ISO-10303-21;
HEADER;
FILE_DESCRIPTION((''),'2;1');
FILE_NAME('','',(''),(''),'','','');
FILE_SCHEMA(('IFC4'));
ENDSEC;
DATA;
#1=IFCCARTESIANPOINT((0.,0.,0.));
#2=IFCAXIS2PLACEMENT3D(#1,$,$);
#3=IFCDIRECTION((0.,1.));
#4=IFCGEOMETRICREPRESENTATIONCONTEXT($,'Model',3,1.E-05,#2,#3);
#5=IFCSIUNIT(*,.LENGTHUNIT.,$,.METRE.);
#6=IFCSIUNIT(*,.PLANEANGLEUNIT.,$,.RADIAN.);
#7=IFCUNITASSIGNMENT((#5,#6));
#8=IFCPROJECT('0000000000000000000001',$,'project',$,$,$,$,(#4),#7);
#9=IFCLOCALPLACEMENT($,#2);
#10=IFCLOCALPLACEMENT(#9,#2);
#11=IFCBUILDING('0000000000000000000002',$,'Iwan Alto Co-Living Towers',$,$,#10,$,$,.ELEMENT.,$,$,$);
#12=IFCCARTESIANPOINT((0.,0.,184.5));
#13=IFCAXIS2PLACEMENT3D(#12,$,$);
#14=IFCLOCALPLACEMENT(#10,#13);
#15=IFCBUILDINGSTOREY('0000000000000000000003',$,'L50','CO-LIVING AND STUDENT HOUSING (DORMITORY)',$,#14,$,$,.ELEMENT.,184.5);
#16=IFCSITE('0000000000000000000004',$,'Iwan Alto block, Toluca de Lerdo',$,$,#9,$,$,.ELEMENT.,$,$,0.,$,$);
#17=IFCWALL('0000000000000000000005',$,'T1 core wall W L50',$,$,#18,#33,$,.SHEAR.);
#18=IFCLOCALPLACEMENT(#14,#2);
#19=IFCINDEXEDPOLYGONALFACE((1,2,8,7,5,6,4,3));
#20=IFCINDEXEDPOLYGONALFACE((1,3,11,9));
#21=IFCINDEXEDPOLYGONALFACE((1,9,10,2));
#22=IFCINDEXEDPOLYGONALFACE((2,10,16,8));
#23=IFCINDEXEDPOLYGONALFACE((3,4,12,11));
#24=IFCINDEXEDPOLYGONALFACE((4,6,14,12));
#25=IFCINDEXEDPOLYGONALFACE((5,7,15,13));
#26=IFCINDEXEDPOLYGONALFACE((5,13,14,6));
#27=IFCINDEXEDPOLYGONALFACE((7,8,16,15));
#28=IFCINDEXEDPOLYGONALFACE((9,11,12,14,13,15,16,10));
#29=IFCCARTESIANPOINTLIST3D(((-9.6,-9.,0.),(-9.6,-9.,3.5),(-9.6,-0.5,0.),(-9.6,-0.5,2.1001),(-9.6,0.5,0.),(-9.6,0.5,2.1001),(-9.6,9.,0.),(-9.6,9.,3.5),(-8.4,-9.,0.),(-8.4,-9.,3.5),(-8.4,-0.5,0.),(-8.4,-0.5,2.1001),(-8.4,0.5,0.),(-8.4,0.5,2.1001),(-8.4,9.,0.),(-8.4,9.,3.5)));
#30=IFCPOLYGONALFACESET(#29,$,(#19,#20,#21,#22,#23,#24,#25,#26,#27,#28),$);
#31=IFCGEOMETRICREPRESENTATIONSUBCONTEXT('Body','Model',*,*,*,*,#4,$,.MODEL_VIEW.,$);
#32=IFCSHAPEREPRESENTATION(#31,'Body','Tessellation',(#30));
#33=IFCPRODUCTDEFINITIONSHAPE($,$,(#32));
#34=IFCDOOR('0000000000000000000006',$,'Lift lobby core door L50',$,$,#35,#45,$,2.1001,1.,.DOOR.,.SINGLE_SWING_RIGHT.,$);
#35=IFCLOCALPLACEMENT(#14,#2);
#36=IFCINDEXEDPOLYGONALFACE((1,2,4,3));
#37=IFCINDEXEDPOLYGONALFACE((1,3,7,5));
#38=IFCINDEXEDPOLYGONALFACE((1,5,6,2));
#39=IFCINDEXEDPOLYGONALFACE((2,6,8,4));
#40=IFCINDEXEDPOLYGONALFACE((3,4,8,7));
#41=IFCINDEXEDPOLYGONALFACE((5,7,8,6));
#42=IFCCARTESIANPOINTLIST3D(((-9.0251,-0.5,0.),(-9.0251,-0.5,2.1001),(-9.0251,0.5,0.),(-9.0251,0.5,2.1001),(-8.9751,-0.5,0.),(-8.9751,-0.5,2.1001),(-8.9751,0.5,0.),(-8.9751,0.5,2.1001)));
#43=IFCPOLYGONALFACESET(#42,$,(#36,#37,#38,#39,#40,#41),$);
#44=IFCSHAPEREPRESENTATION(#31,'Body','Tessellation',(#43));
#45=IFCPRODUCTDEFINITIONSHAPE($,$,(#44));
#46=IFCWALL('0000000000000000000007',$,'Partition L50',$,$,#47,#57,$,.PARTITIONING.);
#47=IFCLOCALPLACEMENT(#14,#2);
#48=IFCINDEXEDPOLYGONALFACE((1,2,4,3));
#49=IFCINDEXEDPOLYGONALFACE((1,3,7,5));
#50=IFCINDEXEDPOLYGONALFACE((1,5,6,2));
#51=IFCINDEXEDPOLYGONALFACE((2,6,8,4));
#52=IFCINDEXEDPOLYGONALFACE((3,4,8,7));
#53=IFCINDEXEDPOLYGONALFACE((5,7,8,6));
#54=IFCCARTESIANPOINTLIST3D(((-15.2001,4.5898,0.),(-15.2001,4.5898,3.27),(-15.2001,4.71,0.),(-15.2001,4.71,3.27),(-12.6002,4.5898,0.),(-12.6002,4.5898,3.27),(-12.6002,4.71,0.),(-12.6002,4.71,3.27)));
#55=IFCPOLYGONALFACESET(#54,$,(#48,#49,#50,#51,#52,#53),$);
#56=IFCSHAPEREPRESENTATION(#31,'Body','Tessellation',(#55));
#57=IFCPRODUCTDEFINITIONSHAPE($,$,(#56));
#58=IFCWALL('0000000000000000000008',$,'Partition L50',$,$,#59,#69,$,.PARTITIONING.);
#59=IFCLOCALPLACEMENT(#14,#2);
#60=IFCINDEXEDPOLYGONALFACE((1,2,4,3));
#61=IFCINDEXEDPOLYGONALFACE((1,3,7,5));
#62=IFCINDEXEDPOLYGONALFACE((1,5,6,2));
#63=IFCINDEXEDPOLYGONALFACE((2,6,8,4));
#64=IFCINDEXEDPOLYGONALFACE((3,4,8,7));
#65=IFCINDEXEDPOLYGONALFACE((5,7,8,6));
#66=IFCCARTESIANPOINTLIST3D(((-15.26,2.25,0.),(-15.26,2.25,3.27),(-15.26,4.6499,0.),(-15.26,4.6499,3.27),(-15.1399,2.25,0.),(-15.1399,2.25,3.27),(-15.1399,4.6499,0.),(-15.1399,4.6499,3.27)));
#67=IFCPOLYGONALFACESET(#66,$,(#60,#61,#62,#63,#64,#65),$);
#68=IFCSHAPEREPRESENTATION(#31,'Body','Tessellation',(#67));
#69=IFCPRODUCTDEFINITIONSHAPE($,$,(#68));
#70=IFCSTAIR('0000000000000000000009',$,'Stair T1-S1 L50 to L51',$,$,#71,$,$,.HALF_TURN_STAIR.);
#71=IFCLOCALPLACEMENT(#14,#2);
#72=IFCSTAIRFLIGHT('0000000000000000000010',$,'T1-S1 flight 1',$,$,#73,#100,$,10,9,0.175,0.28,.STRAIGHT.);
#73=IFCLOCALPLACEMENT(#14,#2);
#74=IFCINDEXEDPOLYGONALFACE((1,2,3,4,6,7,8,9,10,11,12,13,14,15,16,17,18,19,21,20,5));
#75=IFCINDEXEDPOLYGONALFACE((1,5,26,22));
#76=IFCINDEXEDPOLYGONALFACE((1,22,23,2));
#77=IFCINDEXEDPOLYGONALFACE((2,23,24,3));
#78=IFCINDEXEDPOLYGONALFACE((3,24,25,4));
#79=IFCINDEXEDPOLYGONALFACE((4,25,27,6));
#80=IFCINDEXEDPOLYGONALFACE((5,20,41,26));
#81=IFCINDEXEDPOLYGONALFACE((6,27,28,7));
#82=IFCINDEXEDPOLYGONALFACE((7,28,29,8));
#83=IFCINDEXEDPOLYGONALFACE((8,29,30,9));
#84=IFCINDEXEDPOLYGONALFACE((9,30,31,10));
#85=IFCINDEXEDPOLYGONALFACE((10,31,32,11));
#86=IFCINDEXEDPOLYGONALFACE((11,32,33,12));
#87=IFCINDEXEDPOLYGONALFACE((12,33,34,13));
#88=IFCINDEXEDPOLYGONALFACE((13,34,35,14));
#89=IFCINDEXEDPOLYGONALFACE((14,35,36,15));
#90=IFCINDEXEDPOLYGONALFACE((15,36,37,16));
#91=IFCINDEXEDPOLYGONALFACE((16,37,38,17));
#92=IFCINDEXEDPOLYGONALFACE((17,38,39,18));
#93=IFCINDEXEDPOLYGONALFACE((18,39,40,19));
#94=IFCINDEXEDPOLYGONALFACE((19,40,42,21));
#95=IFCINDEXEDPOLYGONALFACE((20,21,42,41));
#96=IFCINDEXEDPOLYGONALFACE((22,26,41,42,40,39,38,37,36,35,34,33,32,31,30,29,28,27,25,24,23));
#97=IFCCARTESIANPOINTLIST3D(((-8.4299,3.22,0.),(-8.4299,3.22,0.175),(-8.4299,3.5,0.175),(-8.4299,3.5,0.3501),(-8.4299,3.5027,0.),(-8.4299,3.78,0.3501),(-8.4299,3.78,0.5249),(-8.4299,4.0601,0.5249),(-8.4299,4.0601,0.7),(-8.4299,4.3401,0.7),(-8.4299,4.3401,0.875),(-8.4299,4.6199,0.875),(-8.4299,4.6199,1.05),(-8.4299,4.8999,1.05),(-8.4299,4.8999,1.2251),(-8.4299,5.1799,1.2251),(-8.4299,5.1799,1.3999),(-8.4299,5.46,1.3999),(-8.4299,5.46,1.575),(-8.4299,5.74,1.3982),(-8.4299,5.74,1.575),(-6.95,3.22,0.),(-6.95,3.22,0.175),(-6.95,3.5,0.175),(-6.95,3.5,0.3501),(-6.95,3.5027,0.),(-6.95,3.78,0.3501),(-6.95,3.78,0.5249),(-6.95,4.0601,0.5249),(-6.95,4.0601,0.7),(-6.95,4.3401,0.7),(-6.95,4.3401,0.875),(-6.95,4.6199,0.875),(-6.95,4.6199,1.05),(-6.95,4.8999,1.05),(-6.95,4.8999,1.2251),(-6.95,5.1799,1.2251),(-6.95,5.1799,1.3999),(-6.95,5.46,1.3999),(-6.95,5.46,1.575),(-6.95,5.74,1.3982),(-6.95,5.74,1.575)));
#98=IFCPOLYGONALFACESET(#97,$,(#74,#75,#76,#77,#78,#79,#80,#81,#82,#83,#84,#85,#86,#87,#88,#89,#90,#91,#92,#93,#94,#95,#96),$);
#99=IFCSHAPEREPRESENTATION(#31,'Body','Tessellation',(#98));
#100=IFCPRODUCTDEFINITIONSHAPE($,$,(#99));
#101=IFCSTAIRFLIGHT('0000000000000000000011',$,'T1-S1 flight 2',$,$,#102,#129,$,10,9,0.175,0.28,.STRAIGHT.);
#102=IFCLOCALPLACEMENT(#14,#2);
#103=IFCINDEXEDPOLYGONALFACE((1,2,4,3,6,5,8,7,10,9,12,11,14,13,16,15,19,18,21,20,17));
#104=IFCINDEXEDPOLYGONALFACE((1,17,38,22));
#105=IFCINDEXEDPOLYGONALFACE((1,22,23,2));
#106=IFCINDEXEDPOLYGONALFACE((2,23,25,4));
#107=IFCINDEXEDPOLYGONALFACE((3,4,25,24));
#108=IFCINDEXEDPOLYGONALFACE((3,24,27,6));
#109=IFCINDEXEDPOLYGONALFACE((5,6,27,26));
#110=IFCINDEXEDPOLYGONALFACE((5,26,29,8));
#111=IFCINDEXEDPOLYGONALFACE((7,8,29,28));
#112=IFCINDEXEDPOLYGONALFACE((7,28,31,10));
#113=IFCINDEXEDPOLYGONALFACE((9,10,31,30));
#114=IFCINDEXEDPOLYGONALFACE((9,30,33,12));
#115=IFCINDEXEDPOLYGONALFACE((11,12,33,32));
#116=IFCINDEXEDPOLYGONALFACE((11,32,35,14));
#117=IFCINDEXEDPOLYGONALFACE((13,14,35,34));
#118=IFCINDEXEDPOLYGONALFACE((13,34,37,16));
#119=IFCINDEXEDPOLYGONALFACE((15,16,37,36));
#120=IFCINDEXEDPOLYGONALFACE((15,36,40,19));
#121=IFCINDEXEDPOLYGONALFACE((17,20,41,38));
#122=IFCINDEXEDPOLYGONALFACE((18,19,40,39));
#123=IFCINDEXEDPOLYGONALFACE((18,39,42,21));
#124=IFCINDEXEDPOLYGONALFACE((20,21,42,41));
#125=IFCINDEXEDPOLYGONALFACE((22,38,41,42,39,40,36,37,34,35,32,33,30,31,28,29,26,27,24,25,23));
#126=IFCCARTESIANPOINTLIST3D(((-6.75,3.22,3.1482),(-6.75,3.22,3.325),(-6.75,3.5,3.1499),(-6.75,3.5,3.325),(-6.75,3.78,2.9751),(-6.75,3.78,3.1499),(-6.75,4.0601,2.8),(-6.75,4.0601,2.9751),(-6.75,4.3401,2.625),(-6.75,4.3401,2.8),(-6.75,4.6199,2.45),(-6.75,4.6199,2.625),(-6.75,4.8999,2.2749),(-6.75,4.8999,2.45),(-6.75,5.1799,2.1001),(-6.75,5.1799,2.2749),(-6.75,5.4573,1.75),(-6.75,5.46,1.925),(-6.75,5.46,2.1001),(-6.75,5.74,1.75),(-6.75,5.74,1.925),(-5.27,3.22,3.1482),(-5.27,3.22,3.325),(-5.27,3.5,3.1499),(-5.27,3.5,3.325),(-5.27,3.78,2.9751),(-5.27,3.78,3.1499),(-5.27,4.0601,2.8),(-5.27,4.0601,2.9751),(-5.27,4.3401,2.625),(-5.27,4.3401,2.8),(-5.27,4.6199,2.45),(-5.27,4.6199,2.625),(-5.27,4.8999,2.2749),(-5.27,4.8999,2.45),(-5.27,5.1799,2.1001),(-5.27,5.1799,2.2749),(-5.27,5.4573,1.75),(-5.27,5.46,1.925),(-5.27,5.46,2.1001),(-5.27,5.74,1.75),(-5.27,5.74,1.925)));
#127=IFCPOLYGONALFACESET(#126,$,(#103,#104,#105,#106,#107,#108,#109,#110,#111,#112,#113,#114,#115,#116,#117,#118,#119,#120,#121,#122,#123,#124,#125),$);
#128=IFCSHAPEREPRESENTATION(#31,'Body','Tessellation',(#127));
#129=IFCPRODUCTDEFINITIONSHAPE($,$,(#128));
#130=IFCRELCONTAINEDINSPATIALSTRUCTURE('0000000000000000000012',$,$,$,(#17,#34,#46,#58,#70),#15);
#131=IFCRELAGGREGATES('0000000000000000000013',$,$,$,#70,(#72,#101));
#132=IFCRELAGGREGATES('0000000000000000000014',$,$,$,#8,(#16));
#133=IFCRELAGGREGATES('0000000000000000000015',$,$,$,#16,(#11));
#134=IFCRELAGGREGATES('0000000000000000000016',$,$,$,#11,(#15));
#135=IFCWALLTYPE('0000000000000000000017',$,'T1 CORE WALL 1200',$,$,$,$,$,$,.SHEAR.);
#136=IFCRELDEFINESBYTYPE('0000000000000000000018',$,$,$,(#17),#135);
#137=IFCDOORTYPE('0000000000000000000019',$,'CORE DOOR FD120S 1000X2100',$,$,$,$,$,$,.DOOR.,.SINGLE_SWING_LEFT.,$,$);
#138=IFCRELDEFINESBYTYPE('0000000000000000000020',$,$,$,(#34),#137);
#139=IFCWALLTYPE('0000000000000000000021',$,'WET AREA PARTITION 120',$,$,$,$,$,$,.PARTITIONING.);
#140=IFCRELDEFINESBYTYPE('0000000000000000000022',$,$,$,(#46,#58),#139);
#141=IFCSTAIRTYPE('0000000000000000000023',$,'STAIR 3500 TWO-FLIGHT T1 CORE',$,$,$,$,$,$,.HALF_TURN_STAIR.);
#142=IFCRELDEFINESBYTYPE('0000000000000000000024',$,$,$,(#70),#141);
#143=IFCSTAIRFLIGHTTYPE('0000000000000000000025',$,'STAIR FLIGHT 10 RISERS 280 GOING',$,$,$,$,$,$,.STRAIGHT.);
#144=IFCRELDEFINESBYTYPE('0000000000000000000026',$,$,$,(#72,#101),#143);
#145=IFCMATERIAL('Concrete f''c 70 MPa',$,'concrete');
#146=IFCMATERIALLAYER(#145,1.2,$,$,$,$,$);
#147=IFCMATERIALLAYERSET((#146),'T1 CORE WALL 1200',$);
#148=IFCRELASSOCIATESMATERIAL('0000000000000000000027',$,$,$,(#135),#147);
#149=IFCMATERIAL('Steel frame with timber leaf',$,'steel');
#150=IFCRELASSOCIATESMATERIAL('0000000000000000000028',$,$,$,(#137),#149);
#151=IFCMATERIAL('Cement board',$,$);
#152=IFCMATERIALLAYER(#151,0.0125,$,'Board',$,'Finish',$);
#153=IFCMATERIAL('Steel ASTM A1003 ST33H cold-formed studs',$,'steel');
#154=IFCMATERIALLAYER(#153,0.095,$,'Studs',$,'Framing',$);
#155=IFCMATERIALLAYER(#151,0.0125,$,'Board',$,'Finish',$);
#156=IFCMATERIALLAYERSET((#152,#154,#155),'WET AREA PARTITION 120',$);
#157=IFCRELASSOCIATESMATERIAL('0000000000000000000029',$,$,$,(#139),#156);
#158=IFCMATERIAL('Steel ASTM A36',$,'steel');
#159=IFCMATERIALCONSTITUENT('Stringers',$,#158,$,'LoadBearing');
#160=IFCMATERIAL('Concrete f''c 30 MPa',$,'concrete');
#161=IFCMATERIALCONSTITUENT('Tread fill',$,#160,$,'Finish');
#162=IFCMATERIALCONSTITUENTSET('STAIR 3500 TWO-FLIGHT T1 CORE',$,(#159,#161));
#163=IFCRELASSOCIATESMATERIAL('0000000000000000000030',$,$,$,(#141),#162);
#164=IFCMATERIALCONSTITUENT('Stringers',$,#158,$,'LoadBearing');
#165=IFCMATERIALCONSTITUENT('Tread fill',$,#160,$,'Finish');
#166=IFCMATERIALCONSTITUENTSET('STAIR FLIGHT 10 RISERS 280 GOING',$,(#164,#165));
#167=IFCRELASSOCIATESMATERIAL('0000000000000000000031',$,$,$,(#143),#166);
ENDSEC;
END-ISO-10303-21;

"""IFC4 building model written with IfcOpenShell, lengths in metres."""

from ifc_helpers import new_model, si_unit, direction, frame, frame_2d, origin, place, context, subcontext, project, spatial, polyline, rectangle, outline, extrude, material, layer, layer_set, constituent, constituent_set, type_object, element, fill, aggregate, save


model = new_model("IFC4")

# Units and contexts
model_context = context("Model", 3, precision=1e-05, world=origin(), true_north=direction((0.0, 1.0)))
body_context = subcontext(model_context, "Body", "Model", "MODEL_VIEW")
ifc_project = project(units=[si_unit("LENGTHUNIT", "METRE"), si_unit("PLANEANGLEUNIT", "RADIAN")], contexts=[model_context])

# Site, building, storey
site_placement = place(None, origin())
site = spatial("IfcSite", under=ifc_project, at=site_placement, Name="Iwan Alto block, Toluca de Lerdo", CompositionType="ELEMENT", RefElevation=0.0)
building_placement = place(site_placement, origin())
building = spatial("IfcBuilding", under=site, at=building_placement, Name="Iwan Alto Co-Living Towers", CompositionType="ELEMENT")
storey_placement = place(building_placement, frame((0.0, 0.0, 184.5)))
storey = spatial("IfcBuildingStorey", under=building, at=storey_placement, Name="L50", Description="CO-LIVING AND STUDENT HOUSING (DORMITORY)", CompositionType="ELEMENT", Elevation=184.5)

# Shared definitions
ifc_material_1 = material(Name="Steel ASTM A1003 ST33H cold-formed studs", Category="steel")

# Wall, opening, door
ifc_material_2 = material(Name="Concrete f'c 70 MPa", Category="concrete")
ifc_layer_1 = layer(ifc_material_2, 1.2)
ifc_layer_set_1 = layer_set([ifc_layer_1], Name="T1 CORE WALL 1200")
wall_type_1 = type_object("IfcWallType", Name="T1 CORE WALL 1200", PredefinedType="SHEAR", material=ifc_layer_set_1)
wall_1_placement = place(storey_placement, frame((-9.0, 9.0, 0.0), z_axis=(0.0, 0.0, 1.0), x_axis=(0.0, -1.0, 0.0)))
wall_1 = element("IfcWall", 1, at=wall_1_placement, inside=storey, type_object=wall_type_1, Name="T1 core wall W L50", PredefinedType="SHEAR", context=body_context, shape_type="SweptSolid", body=[
    extrude(rectangle(XDim=18.0, YDim=1.2, at=frame_2d((9.0, 0.0))), origin(), (0.0, 0.0, 1.0), 3.5),
])
opening_1_placement = place(wall_1_placement, frame((8.5, 0.0, 0.0)))
opening_1 = element("IfcOpeningElement", 2, at=opening_1_placement, cuts=wall_1, PredefinedType="OPENING", context=body_context, shape_type="SweptSolid", body=[
    extrude(rectangle(XDim=1.0, YDim=2.1001, at=frame_2d((0.5, 1.05))), frame((0.0, 0.6099, 0.0), z_axis=(0.0, -1.0, 0.0), x_axis=(1.0, 0.0, 0.0)), (0.0, 0.0, 1.0), 1.22),
])
ifc_material_3 = material(Name="Steel frame with timber leaf", Category="steel")
door_type_1 = type_object("IfcDoorType", Name="CORE DOOR FD120S 1000X2100", OperationType="SINGLE_SWING_LEFT", PredefinedType="DOOR", material=ifc_material_3)
door_1_placement = place(opening_1_placement, origin())
door_1 = element("IfcDoor", 3, at=door_1_placement, inside=storey, type_object=door_type_1, Name="Lift lobby core door L50", OperationType="SINGLE_SWING_RIGHT", OverallHeight=2.1001, OverallWidth=1.0, PredefinedType="DOOR", context=body_context, shape_type="SweptSolid", body=[
    extrude(rectangle(XDim=1.0, YDim=2.1001, at=frame_2d((0.5, 1.05))), frame((0.0, 0.0249, 0.0), z_axis=(0.0, -1.0, 0.0), x_axis=(1.0, 0.0, 0.0)), (0.0, 0.0, 1.0), 0.05),
])
fill(opening_1, door_1)

# Walls
ifc_material_4 = material(Name="Cement board")
ifc_layer_2 = layer(ifc_material_4, 0.0125, Name="Board", Category="Finish")
ifc_layer_3 = layer(ifc_material_1, 0.095, Name="Studs", Category="Framing")
ifc_layer_4 = layer(ifc_material_4, 0.0125, Name="Board", Category="Finish")
ifc_layer_set_2 = layer_set([ifc_layer_2, ifc_layer_3, ifc_layer_4], Name="WET AREA PARTITION 120")
wall_type_2 = type_object("IfcWallType", Name="WET AREA PARTITION 120", PredefinedType="PARTITIONING", material=ifc_layer_set_2)
wall_2_placement = place(storey_placement, frame((-15.2, 4.6499, 0.0), z_axis=(0.0, 0.0, 1.0), x_axis=(1.0, 0.0, 0.0)))
element("IfcWall", 4, at=wall_2_placement, inside=storey, type_object=wall_type_2, Name="Partition L50", PredefinedType="PARTITIONING", context=body_context, shape_type="SweptSolid", body=[
    extrude(rectangle(XDim=2.5999, YDim=0.1201, at=frame_2d((1.2998, 0.0))), origin(), (0.0, 0.0, 1.0), 3.27),
])
wall_3_placement = place(storey_placement, frame((-15.2, 2.25, 0.0), z_axis=(0.0, 0.0, 1.0), x_axis=(0.0, 1.0, 0.0)))
element("IfcWall", 5, at=wall_3_placement, inside=storey, type_object=wall_type_2, Name="Partition L50", PredefinedType="PARTITIONING", context=body_context, shape_type="SweptSolid", body=[
    extrude(rectangle(XDim=2.3999, YDim=0.1201, at=frame_2d((1.2, 0.0))), origin(), (0.0, 0.0, 1.0), 3.27),
])

# Stair, stair flights
ifc_material_5 = material(Name="Steel ASTM A36", Category="steel")
ifc_constituent_1 = constituent(ifc_material_5, Name="Stringers", Category="LoadBearing")
ifc_material_6 = material(Name="Concrete f'c 30 MPa", Category="concrete")
ifc_constituent_2 = constituent(ifc_material_6, Name="Tread fill", Category="Finish")
ifc_constituent_set_1 = constituent_set(constituents=[ifc_constituent_1, ifc_constituent_2], Name="STAIR 3500 TWO-FLIGHT T1 CORE")
stair_type = type_object("IfcStairType", Name="STAIR 3500 TWO-FLIGHT T1 CORE", PredefinedType="HALF_TURN_STAIR", material=ifc_constituent_set_1)
stair_placement = place(storey_placement, origin())
stair = element("IfcStair", 6, at=stair_placement, inside=storey, type_object=stair_type, Name="Stair T1-S1 L50 to L51", PredefinedType="HALF_TURN_STAIR")
ifc_constituent_3 = constituent(ifc_material_5, Name="Stringers", Category="LoadBearing")
ifc_constituent_4 = constituent(ifc_material_6, Name="Tread fill", Category="Finish")
ifc_constituent_set_2 = constituent_set(constituents=[ifc_constituent_3, ifc_constituent_4], Name="STAIR FLIGHT 10 RISERS 280 GOING")
stair_flight_type = type_object("IfcStairFlightType", Name="STAIR FLIGHT 10 RISERS 280 GOING", PredefinedType="STRAIGHT", material=ifc_constituent_set_2)
stair_flight_1_placement = place(storey_placement, frame((-7.6899, 3.22, 0.0), z_axis=(0.0, 0.0, 1.0), x_axis=(0.0, 1.0, 0.0)))
stair_flight_1 = element("IfcStairFlight", 7, at=stair_flight_1_placement, type_object=stair_flight_type, Name="T1-S1 flight 1", NumberOfRisers=10, NumberOfTreads=9, PredefinedType="STRAIGHT", RiserHeight=0.175, TreadLength=0.28, context=body_context, shape_type="SweptSolid", body=[
    extrude(outline(polyline([(0.0, 0.0), (0.0, 0.175), (0.28, 0.175), (0.28, 0.3501), (0.5601, 0.3501), (0.5601, 0.5249), (0.8401, 0.5249), (0.8401, 0.7), (1.1201, 0.7), (1.1201, 0.875), (1.3999, 0.875), (1.3999, 1.05), (1.6799, 1.05), (1.6799, 1.2251), (1.96, 1.2251), (1.96, 1.3999), (2.24, 1.3999), (2.24, 1.575), (2.52, 1.575), (2.52, 1.75), (2.52, 1.3982), (0.2827, 0.0), (0.0, 0.0)])), frame((0.0, 0.74, 0.0), z_axis=(0.0, -1.0, 0.0), x_axis=(1.0, 0.0, 0.0)), (0.0, 0.0, 1.0), 1.48),
])
stair_flight_2_placement = place(storey_placement, frame((-6.01, 5.74, 1.75), z_axis=(0.0, 0.0, 1.0), x_axis=(0.0, -1.0, 0.0)))
stair_flight_2 = element("IfcStairFlight", 8, at=stair_flight_2_placement, type_object=stair_flight_type, Name="T1-S1 flight 2", NumberOfRisers=10, NumberOfTreads=9, PredefinedType="STRAIGHT", RiserHeight=0.175, TreadLength=0.28, context=body_context, shape_type="SweptSolid", body=[
    extrude(outline(polyline([(0.0, 0.0), (0.0, 0.175), (0.28, 0.175), (0.28, 0.3501), (0.5601, 0.3501), (0.5601, 0.5249), (0.8401, 0.5249), (0.8401, 0.7), (1.1201, 0.7), (1.1201, 0.875), (1.3999, 0.875), (1.3999, 1.05), (1.6799, 1.05), (1.6799, 1.2251), (1.96, 1.2251), (1.96, 1.3999), (2.24, 1.3999), (2.24, 1.575), (2.52, 1.575), (2.52, 1.75), (2.52, 1.3982), (0.2827, 0.0), (0.0, 0.0)])), frame((0.0, 0.74, 0.0), z_axis=(0.0, -1.0, 0.0), x_axis=(1.0, 0.0, 0.0)), (0.0, 0.0, 1.0), 1.48),
])
aggregate(stair, [stair_flight_1, stair_flight_2])

save(model, "model.ifc")
